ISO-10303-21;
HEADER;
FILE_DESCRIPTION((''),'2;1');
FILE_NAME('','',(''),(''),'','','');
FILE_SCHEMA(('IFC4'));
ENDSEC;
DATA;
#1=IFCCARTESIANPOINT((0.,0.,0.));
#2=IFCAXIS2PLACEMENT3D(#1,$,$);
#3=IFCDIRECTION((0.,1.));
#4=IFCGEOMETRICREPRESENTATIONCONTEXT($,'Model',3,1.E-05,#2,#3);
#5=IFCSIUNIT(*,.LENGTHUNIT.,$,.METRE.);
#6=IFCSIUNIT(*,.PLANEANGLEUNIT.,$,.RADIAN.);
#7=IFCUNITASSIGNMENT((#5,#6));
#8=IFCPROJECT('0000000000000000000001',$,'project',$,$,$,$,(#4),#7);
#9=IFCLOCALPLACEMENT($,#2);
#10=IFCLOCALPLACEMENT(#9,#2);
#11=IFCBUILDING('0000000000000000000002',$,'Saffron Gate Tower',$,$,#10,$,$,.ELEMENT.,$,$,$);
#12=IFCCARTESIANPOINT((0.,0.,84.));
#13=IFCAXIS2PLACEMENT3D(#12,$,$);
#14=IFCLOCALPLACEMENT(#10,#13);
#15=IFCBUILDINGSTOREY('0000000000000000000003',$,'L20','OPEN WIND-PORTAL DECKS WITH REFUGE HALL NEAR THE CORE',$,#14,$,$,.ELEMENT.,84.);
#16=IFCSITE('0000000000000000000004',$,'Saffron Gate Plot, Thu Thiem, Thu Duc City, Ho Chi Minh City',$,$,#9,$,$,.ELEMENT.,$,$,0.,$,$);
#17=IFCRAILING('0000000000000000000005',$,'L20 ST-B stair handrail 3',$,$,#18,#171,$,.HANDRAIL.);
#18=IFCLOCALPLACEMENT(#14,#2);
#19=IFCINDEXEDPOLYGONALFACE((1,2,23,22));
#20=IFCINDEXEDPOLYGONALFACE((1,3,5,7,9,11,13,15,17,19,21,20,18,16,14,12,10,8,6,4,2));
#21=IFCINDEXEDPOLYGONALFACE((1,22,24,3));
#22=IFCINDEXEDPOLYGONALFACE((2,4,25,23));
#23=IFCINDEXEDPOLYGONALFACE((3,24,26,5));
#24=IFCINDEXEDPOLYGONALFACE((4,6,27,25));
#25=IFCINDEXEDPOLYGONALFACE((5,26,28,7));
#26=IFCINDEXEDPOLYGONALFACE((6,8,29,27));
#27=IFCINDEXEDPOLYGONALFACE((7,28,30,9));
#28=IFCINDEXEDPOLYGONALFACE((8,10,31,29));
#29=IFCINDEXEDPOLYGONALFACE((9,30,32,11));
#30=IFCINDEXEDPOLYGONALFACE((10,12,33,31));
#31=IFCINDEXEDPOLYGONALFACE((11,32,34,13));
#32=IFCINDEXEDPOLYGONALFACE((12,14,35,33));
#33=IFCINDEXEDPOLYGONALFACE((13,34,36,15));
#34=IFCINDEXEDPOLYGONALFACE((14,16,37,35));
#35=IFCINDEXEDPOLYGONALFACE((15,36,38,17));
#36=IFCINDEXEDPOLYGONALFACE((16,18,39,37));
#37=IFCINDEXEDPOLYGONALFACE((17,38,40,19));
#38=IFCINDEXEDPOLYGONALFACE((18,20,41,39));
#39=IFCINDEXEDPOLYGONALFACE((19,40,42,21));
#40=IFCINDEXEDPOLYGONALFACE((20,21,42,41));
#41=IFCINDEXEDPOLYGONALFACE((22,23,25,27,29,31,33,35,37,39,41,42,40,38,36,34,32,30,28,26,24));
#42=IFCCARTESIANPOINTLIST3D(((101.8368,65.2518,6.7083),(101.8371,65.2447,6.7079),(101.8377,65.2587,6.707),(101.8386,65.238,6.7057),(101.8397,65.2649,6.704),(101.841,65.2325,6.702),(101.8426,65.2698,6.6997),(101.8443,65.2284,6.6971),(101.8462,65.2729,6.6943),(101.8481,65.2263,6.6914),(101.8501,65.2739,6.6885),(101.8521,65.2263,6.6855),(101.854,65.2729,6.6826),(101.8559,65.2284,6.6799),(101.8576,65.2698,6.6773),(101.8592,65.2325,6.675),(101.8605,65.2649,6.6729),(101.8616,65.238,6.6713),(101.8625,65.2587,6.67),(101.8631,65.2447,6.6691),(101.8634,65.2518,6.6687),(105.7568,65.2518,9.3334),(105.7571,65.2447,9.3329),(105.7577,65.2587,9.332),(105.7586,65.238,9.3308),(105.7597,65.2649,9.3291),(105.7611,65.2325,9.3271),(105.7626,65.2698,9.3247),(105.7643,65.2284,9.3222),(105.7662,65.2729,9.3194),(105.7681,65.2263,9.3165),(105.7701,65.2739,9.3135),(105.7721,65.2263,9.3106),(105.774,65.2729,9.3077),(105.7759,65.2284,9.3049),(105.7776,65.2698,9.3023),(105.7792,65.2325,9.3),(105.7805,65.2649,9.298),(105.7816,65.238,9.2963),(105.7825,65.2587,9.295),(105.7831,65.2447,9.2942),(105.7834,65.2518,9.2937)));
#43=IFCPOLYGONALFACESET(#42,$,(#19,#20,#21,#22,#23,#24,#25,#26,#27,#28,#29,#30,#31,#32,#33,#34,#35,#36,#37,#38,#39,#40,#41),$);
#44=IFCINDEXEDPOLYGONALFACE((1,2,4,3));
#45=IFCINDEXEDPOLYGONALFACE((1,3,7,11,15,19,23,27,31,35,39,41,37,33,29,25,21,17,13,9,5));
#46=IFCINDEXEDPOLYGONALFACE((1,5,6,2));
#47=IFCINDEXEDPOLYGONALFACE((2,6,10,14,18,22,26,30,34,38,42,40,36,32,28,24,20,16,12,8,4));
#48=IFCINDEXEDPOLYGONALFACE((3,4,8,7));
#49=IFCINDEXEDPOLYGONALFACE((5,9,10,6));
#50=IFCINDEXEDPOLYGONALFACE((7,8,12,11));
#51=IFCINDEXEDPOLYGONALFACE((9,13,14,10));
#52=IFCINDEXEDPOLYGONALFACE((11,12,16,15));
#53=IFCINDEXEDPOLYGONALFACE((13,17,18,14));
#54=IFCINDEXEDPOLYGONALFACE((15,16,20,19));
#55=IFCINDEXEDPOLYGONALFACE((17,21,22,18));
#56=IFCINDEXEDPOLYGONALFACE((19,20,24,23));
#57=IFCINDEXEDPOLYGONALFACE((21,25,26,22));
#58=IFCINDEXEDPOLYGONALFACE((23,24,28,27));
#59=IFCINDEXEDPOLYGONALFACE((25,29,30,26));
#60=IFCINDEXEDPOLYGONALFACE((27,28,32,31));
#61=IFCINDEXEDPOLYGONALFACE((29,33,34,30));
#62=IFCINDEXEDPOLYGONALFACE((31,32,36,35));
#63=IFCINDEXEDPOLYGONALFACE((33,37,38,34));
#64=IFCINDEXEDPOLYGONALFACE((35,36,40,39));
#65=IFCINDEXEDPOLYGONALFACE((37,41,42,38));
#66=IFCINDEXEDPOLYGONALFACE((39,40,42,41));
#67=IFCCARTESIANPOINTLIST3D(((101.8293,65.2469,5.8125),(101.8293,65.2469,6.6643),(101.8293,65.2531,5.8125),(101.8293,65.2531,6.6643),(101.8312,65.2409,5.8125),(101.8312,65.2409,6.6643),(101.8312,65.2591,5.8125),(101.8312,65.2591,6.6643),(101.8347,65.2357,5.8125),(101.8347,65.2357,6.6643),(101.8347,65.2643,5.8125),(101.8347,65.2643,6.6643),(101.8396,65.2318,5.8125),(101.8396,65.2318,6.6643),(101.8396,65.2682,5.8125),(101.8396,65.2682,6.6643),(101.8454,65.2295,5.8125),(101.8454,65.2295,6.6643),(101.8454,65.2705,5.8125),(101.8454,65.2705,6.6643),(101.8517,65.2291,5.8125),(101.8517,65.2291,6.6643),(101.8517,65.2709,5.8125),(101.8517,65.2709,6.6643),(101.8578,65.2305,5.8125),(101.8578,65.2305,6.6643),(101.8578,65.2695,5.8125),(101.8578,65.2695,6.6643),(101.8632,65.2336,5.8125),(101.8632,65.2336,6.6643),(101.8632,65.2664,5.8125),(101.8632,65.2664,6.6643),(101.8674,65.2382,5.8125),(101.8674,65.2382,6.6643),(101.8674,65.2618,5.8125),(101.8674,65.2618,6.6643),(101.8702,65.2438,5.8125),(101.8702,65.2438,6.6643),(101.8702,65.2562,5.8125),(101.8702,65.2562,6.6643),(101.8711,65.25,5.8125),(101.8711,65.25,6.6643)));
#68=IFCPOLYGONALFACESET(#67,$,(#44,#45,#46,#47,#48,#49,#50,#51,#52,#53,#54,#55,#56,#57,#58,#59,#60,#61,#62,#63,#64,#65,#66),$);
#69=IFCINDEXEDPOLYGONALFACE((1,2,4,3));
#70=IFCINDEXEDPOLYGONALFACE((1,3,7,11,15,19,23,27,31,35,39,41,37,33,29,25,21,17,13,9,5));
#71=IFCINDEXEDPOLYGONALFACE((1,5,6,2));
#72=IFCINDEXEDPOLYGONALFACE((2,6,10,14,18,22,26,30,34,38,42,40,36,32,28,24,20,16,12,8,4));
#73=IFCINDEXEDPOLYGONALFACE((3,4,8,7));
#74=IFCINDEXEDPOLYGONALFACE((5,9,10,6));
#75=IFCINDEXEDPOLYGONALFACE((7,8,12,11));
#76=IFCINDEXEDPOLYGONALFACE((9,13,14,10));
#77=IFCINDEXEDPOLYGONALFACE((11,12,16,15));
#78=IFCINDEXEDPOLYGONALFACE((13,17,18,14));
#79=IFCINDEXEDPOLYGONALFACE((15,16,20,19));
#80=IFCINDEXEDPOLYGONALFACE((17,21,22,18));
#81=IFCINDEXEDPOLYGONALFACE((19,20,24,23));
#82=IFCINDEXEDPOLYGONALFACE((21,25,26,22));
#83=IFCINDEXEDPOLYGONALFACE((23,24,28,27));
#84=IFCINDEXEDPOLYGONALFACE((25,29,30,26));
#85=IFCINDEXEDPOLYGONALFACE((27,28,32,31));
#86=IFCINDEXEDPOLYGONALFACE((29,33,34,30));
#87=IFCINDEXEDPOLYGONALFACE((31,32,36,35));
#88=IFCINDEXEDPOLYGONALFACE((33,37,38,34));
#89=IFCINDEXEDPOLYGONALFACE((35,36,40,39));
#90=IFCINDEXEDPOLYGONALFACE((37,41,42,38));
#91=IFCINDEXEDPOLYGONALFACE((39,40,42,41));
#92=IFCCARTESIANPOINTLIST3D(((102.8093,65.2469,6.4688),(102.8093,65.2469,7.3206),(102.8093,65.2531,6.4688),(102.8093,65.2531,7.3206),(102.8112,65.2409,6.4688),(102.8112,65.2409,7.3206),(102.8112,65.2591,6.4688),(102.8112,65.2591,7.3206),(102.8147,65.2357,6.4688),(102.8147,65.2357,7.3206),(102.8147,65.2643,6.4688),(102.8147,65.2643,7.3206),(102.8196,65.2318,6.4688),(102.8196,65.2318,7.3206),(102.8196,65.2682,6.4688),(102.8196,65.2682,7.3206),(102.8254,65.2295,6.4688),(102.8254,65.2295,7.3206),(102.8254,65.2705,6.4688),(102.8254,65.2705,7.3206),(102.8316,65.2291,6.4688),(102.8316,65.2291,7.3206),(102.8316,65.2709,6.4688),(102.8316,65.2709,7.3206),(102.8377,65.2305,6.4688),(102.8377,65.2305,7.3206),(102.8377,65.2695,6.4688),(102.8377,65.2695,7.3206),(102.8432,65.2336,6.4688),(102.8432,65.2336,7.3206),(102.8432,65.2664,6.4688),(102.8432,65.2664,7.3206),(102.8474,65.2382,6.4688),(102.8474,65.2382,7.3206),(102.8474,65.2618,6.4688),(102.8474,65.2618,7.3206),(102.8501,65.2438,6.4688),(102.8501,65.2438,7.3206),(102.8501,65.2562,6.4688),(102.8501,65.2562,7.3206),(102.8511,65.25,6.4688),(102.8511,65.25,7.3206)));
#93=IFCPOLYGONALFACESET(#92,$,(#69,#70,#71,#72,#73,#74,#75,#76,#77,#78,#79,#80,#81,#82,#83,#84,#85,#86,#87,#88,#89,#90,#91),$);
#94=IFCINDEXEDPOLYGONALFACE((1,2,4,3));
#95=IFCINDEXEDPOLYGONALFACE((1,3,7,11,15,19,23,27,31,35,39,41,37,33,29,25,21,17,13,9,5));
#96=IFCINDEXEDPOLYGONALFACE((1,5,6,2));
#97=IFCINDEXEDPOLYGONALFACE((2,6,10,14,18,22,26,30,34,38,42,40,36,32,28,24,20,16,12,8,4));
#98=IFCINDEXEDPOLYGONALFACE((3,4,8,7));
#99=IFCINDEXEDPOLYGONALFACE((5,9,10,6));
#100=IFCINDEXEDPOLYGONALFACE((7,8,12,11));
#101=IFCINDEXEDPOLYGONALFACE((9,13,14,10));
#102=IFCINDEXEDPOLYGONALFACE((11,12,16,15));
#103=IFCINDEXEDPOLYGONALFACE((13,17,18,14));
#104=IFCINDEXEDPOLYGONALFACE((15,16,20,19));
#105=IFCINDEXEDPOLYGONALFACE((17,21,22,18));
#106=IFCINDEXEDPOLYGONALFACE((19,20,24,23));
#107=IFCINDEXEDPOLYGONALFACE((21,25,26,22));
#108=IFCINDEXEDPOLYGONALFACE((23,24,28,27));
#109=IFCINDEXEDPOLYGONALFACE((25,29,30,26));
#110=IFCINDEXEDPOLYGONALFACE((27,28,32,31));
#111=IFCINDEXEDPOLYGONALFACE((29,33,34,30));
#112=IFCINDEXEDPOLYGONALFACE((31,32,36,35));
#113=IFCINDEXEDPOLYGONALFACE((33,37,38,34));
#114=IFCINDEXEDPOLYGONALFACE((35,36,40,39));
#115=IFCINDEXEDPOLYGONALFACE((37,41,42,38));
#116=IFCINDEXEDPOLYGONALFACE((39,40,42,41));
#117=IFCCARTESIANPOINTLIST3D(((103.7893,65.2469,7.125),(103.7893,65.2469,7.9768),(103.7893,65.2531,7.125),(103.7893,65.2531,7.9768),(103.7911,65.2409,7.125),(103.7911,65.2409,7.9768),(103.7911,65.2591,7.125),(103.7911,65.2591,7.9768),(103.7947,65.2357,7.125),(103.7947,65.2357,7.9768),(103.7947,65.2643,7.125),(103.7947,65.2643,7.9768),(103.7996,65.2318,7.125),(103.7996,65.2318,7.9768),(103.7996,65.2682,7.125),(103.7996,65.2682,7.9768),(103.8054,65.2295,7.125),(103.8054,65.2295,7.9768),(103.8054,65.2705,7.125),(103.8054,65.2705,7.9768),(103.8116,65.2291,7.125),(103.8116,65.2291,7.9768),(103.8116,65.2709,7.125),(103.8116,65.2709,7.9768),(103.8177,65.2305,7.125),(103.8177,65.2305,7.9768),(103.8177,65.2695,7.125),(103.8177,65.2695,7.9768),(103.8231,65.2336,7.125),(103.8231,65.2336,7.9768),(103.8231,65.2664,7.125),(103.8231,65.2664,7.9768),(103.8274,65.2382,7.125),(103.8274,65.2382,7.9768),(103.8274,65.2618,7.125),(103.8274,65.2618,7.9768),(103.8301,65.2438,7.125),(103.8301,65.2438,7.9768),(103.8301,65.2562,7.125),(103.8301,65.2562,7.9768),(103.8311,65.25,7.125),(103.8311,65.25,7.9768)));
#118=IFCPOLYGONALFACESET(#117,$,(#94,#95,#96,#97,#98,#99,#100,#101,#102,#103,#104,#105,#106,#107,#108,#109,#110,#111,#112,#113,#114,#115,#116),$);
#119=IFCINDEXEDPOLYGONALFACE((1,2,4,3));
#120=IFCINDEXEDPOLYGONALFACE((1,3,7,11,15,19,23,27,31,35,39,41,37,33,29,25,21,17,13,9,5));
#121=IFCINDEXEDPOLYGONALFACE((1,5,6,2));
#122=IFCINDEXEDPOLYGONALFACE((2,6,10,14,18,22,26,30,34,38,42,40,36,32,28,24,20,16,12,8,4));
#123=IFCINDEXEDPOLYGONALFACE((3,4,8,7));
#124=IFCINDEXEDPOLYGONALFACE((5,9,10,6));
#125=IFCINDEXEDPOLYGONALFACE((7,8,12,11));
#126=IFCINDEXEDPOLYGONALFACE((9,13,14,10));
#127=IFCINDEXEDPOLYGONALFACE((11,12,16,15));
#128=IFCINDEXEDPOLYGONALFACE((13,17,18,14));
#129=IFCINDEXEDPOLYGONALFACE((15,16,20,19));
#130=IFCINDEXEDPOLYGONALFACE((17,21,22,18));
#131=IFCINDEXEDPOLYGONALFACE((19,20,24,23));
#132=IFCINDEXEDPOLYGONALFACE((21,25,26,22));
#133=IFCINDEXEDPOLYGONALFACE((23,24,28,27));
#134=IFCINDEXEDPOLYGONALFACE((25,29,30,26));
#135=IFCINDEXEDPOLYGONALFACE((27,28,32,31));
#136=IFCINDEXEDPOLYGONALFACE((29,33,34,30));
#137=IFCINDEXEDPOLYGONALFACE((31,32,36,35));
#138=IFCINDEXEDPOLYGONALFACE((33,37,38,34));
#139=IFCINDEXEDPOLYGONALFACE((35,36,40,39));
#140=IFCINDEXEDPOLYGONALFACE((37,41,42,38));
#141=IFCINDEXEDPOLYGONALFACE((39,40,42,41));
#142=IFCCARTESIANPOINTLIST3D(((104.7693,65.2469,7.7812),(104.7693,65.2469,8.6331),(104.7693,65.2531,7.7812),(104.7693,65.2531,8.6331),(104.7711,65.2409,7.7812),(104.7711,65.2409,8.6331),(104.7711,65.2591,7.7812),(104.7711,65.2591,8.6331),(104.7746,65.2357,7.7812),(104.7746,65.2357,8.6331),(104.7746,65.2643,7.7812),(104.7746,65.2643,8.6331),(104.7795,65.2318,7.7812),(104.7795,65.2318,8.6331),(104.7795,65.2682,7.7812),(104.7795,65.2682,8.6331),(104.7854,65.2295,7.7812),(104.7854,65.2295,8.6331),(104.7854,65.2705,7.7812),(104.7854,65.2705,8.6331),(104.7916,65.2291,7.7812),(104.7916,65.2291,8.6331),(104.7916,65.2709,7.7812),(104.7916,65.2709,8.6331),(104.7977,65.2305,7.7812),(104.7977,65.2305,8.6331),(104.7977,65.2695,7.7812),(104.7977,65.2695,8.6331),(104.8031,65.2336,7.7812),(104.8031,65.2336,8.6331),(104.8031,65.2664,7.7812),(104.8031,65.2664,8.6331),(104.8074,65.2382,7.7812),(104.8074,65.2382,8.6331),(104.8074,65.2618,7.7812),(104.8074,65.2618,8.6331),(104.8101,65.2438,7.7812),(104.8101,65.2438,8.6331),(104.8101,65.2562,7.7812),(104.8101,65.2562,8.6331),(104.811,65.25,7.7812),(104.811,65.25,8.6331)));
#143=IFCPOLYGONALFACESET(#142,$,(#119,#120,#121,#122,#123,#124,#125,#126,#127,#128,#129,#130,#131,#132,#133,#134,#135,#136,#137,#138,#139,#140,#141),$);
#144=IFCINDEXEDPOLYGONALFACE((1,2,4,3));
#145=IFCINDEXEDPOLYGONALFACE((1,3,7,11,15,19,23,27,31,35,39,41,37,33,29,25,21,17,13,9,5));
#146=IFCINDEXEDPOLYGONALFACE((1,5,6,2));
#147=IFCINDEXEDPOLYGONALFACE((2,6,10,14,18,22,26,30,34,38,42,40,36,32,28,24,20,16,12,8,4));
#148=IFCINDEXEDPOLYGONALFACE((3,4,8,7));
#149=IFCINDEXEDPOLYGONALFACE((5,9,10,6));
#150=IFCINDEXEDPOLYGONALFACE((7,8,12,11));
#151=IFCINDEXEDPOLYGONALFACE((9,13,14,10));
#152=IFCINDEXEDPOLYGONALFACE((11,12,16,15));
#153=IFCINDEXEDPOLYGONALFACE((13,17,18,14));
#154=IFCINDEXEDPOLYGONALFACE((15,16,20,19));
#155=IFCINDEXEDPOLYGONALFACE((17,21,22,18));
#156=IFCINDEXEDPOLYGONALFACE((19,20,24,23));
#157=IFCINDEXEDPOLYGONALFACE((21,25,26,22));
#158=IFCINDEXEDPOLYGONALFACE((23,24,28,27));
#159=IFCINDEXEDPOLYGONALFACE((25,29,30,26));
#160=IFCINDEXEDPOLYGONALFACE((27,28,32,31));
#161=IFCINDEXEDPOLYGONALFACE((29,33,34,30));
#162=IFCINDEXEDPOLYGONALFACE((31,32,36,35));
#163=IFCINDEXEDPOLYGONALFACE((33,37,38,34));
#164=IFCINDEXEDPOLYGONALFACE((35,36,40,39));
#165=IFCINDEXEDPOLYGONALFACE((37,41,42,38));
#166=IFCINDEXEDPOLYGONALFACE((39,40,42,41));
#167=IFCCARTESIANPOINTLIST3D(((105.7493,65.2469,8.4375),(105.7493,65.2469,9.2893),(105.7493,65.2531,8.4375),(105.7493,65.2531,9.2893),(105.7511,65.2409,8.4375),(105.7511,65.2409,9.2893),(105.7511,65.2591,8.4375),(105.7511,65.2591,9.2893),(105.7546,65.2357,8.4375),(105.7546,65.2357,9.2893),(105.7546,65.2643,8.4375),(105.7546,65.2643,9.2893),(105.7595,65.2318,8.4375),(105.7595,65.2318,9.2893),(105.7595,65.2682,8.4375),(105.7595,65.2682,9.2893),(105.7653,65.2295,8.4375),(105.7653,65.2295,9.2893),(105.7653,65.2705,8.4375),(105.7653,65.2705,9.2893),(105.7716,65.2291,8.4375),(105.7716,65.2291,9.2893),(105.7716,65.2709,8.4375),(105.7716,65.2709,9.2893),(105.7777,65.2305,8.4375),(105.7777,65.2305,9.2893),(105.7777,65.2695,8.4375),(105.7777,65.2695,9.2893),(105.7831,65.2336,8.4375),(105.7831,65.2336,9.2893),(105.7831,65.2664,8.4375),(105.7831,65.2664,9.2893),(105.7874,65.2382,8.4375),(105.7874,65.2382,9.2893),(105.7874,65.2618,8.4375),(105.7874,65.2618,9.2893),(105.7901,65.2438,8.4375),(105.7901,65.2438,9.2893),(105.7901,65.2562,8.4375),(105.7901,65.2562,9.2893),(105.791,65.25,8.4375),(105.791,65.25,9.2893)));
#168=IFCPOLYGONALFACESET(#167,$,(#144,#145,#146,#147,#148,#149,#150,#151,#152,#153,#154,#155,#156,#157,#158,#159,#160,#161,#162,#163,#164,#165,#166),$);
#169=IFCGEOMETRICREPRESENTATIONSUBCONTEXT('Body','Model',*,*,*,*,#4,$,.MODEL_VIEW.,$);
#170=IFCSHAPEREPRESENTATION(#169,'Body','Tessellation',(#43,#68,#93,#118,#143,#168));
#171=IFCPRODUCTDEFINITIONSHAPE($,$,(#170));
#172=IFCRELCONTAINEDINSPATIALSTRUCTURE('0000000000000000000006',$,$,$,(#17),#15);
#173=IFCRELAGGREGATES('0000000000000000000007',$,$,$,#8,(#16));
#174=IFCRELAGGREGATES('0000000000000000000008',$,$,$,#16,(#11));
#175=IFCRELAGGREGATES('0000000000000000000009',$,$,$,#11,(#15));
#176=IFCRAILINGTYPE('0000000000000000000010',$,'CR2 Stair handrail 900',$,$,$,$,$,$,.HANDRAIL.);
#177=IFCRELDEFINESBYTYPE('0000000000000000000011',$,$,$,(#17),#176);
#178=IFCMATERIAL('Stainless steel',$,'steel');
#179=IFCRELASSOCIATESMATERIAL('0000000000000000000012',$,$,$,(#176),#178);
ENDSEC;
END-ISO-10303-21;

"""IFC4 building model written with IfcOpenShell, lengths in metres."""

from ifc_helpers import new_model, si_unit, direction, frame, origin, origin_2d, place, context, subcontext, project, spatial, circle, extrude, material, type_object, element, save


model = new_model("IFC4")

# Units and contexts
model_context = context("Model", 3, precision=1e-05, world=origin(), true_north=direction((0.0, 1.0)))
body_context = subcontext(model_context, "Body", "Model", "MODEL_VIEW")
ifc_project = project(units=[si_unit("LENGTHUNIT", "METRE"), si_unit("PLANEANGLEUNIT", "RADIAN")], contexts=[model_context])

# Site, building, storey
site_placement = place(None, origin())
site = spatial("IfcSite", under=ifc_project, at=site_placement, Name="Saffron Gate Plot, Thu Thiem, Thu Duc City, Ho Chi Minh City", CompositionType="ELEMENT", RefElevation=0.0)
building_placement = place(site_placement, origin())
building = spatial("IfcBuilding", under=site, at=building_placement, Name="Saffron Gate Tower", CompositionType="ELEMENT")
storey_placement = place(building_placement, frame((0.0, 0.0, 84.0)))
storey = spatial("IfcBuildingStorey", under=building, at=storey_placement, Name="L20", Description="OPEN WIND-PORTAL DECKS WITH REFUGE HALL NEAR THE CORE", CompositionType="ELEMENT", Elevation=84.0)

# Railing
ifc_material_1 = material(Name="Stainless steel", Category="steel")
railing_type_1 = type_object("IfcRailingType", Name="CR2 Stair handrail 900", PredefinedType="HANDRAIL", material=ifc_material_1)
railing_1_placement = place(storey_placement, frame((101.8501, 65.25, 5.8125)))
element("IfcRailing", 1, at=railing_1_placement, inside=storey, type_object=railing_type_1, Name="L20 ST-B stair handrail 3", PredefinedType="HANDRAIL", context=body_context, shape_type="SweptSolid", body=[
    extrude(circle(Radius=0.0239, at=origin_2d()), frame((0.0, 0.0, 0.876), z_axis=(0.830902, 0.0, 0.556419), x_axis=(0.0, 1.0, 0.0)), (0.0, 0.0, 1.0), 4.7178),
    extrude(circle(Radius=0.021, at=origin_2d()), origin(), (0.0, 0.0, 1.0), 0.8518),
    extrude(circle(Radius=0.021, at=origin_2d()), frame((0.98, 0.0, 0.6562)), (0.0, 0.0, 1.0), 0.8518),
    extrude(circle(Radius=0.021, at=origin_2d()), frame((1.96, 0.0, 1.3125)), (0.0, 0.0, 1.0), 0.8518),
    extrude(circle(Radius=0.021, at=origin_2d()), frame((2.9399, 0.0, 1.9688)), (0.0, 0.0, 1.0), 0.8518),
    extrude(circle(Radius=0.021, at=origin_2d()), frame((3.9199, 0.0, 2.625)), (0.0, 0.0, 1.0), 0.8518),
])

save(model, "model.ifc")
